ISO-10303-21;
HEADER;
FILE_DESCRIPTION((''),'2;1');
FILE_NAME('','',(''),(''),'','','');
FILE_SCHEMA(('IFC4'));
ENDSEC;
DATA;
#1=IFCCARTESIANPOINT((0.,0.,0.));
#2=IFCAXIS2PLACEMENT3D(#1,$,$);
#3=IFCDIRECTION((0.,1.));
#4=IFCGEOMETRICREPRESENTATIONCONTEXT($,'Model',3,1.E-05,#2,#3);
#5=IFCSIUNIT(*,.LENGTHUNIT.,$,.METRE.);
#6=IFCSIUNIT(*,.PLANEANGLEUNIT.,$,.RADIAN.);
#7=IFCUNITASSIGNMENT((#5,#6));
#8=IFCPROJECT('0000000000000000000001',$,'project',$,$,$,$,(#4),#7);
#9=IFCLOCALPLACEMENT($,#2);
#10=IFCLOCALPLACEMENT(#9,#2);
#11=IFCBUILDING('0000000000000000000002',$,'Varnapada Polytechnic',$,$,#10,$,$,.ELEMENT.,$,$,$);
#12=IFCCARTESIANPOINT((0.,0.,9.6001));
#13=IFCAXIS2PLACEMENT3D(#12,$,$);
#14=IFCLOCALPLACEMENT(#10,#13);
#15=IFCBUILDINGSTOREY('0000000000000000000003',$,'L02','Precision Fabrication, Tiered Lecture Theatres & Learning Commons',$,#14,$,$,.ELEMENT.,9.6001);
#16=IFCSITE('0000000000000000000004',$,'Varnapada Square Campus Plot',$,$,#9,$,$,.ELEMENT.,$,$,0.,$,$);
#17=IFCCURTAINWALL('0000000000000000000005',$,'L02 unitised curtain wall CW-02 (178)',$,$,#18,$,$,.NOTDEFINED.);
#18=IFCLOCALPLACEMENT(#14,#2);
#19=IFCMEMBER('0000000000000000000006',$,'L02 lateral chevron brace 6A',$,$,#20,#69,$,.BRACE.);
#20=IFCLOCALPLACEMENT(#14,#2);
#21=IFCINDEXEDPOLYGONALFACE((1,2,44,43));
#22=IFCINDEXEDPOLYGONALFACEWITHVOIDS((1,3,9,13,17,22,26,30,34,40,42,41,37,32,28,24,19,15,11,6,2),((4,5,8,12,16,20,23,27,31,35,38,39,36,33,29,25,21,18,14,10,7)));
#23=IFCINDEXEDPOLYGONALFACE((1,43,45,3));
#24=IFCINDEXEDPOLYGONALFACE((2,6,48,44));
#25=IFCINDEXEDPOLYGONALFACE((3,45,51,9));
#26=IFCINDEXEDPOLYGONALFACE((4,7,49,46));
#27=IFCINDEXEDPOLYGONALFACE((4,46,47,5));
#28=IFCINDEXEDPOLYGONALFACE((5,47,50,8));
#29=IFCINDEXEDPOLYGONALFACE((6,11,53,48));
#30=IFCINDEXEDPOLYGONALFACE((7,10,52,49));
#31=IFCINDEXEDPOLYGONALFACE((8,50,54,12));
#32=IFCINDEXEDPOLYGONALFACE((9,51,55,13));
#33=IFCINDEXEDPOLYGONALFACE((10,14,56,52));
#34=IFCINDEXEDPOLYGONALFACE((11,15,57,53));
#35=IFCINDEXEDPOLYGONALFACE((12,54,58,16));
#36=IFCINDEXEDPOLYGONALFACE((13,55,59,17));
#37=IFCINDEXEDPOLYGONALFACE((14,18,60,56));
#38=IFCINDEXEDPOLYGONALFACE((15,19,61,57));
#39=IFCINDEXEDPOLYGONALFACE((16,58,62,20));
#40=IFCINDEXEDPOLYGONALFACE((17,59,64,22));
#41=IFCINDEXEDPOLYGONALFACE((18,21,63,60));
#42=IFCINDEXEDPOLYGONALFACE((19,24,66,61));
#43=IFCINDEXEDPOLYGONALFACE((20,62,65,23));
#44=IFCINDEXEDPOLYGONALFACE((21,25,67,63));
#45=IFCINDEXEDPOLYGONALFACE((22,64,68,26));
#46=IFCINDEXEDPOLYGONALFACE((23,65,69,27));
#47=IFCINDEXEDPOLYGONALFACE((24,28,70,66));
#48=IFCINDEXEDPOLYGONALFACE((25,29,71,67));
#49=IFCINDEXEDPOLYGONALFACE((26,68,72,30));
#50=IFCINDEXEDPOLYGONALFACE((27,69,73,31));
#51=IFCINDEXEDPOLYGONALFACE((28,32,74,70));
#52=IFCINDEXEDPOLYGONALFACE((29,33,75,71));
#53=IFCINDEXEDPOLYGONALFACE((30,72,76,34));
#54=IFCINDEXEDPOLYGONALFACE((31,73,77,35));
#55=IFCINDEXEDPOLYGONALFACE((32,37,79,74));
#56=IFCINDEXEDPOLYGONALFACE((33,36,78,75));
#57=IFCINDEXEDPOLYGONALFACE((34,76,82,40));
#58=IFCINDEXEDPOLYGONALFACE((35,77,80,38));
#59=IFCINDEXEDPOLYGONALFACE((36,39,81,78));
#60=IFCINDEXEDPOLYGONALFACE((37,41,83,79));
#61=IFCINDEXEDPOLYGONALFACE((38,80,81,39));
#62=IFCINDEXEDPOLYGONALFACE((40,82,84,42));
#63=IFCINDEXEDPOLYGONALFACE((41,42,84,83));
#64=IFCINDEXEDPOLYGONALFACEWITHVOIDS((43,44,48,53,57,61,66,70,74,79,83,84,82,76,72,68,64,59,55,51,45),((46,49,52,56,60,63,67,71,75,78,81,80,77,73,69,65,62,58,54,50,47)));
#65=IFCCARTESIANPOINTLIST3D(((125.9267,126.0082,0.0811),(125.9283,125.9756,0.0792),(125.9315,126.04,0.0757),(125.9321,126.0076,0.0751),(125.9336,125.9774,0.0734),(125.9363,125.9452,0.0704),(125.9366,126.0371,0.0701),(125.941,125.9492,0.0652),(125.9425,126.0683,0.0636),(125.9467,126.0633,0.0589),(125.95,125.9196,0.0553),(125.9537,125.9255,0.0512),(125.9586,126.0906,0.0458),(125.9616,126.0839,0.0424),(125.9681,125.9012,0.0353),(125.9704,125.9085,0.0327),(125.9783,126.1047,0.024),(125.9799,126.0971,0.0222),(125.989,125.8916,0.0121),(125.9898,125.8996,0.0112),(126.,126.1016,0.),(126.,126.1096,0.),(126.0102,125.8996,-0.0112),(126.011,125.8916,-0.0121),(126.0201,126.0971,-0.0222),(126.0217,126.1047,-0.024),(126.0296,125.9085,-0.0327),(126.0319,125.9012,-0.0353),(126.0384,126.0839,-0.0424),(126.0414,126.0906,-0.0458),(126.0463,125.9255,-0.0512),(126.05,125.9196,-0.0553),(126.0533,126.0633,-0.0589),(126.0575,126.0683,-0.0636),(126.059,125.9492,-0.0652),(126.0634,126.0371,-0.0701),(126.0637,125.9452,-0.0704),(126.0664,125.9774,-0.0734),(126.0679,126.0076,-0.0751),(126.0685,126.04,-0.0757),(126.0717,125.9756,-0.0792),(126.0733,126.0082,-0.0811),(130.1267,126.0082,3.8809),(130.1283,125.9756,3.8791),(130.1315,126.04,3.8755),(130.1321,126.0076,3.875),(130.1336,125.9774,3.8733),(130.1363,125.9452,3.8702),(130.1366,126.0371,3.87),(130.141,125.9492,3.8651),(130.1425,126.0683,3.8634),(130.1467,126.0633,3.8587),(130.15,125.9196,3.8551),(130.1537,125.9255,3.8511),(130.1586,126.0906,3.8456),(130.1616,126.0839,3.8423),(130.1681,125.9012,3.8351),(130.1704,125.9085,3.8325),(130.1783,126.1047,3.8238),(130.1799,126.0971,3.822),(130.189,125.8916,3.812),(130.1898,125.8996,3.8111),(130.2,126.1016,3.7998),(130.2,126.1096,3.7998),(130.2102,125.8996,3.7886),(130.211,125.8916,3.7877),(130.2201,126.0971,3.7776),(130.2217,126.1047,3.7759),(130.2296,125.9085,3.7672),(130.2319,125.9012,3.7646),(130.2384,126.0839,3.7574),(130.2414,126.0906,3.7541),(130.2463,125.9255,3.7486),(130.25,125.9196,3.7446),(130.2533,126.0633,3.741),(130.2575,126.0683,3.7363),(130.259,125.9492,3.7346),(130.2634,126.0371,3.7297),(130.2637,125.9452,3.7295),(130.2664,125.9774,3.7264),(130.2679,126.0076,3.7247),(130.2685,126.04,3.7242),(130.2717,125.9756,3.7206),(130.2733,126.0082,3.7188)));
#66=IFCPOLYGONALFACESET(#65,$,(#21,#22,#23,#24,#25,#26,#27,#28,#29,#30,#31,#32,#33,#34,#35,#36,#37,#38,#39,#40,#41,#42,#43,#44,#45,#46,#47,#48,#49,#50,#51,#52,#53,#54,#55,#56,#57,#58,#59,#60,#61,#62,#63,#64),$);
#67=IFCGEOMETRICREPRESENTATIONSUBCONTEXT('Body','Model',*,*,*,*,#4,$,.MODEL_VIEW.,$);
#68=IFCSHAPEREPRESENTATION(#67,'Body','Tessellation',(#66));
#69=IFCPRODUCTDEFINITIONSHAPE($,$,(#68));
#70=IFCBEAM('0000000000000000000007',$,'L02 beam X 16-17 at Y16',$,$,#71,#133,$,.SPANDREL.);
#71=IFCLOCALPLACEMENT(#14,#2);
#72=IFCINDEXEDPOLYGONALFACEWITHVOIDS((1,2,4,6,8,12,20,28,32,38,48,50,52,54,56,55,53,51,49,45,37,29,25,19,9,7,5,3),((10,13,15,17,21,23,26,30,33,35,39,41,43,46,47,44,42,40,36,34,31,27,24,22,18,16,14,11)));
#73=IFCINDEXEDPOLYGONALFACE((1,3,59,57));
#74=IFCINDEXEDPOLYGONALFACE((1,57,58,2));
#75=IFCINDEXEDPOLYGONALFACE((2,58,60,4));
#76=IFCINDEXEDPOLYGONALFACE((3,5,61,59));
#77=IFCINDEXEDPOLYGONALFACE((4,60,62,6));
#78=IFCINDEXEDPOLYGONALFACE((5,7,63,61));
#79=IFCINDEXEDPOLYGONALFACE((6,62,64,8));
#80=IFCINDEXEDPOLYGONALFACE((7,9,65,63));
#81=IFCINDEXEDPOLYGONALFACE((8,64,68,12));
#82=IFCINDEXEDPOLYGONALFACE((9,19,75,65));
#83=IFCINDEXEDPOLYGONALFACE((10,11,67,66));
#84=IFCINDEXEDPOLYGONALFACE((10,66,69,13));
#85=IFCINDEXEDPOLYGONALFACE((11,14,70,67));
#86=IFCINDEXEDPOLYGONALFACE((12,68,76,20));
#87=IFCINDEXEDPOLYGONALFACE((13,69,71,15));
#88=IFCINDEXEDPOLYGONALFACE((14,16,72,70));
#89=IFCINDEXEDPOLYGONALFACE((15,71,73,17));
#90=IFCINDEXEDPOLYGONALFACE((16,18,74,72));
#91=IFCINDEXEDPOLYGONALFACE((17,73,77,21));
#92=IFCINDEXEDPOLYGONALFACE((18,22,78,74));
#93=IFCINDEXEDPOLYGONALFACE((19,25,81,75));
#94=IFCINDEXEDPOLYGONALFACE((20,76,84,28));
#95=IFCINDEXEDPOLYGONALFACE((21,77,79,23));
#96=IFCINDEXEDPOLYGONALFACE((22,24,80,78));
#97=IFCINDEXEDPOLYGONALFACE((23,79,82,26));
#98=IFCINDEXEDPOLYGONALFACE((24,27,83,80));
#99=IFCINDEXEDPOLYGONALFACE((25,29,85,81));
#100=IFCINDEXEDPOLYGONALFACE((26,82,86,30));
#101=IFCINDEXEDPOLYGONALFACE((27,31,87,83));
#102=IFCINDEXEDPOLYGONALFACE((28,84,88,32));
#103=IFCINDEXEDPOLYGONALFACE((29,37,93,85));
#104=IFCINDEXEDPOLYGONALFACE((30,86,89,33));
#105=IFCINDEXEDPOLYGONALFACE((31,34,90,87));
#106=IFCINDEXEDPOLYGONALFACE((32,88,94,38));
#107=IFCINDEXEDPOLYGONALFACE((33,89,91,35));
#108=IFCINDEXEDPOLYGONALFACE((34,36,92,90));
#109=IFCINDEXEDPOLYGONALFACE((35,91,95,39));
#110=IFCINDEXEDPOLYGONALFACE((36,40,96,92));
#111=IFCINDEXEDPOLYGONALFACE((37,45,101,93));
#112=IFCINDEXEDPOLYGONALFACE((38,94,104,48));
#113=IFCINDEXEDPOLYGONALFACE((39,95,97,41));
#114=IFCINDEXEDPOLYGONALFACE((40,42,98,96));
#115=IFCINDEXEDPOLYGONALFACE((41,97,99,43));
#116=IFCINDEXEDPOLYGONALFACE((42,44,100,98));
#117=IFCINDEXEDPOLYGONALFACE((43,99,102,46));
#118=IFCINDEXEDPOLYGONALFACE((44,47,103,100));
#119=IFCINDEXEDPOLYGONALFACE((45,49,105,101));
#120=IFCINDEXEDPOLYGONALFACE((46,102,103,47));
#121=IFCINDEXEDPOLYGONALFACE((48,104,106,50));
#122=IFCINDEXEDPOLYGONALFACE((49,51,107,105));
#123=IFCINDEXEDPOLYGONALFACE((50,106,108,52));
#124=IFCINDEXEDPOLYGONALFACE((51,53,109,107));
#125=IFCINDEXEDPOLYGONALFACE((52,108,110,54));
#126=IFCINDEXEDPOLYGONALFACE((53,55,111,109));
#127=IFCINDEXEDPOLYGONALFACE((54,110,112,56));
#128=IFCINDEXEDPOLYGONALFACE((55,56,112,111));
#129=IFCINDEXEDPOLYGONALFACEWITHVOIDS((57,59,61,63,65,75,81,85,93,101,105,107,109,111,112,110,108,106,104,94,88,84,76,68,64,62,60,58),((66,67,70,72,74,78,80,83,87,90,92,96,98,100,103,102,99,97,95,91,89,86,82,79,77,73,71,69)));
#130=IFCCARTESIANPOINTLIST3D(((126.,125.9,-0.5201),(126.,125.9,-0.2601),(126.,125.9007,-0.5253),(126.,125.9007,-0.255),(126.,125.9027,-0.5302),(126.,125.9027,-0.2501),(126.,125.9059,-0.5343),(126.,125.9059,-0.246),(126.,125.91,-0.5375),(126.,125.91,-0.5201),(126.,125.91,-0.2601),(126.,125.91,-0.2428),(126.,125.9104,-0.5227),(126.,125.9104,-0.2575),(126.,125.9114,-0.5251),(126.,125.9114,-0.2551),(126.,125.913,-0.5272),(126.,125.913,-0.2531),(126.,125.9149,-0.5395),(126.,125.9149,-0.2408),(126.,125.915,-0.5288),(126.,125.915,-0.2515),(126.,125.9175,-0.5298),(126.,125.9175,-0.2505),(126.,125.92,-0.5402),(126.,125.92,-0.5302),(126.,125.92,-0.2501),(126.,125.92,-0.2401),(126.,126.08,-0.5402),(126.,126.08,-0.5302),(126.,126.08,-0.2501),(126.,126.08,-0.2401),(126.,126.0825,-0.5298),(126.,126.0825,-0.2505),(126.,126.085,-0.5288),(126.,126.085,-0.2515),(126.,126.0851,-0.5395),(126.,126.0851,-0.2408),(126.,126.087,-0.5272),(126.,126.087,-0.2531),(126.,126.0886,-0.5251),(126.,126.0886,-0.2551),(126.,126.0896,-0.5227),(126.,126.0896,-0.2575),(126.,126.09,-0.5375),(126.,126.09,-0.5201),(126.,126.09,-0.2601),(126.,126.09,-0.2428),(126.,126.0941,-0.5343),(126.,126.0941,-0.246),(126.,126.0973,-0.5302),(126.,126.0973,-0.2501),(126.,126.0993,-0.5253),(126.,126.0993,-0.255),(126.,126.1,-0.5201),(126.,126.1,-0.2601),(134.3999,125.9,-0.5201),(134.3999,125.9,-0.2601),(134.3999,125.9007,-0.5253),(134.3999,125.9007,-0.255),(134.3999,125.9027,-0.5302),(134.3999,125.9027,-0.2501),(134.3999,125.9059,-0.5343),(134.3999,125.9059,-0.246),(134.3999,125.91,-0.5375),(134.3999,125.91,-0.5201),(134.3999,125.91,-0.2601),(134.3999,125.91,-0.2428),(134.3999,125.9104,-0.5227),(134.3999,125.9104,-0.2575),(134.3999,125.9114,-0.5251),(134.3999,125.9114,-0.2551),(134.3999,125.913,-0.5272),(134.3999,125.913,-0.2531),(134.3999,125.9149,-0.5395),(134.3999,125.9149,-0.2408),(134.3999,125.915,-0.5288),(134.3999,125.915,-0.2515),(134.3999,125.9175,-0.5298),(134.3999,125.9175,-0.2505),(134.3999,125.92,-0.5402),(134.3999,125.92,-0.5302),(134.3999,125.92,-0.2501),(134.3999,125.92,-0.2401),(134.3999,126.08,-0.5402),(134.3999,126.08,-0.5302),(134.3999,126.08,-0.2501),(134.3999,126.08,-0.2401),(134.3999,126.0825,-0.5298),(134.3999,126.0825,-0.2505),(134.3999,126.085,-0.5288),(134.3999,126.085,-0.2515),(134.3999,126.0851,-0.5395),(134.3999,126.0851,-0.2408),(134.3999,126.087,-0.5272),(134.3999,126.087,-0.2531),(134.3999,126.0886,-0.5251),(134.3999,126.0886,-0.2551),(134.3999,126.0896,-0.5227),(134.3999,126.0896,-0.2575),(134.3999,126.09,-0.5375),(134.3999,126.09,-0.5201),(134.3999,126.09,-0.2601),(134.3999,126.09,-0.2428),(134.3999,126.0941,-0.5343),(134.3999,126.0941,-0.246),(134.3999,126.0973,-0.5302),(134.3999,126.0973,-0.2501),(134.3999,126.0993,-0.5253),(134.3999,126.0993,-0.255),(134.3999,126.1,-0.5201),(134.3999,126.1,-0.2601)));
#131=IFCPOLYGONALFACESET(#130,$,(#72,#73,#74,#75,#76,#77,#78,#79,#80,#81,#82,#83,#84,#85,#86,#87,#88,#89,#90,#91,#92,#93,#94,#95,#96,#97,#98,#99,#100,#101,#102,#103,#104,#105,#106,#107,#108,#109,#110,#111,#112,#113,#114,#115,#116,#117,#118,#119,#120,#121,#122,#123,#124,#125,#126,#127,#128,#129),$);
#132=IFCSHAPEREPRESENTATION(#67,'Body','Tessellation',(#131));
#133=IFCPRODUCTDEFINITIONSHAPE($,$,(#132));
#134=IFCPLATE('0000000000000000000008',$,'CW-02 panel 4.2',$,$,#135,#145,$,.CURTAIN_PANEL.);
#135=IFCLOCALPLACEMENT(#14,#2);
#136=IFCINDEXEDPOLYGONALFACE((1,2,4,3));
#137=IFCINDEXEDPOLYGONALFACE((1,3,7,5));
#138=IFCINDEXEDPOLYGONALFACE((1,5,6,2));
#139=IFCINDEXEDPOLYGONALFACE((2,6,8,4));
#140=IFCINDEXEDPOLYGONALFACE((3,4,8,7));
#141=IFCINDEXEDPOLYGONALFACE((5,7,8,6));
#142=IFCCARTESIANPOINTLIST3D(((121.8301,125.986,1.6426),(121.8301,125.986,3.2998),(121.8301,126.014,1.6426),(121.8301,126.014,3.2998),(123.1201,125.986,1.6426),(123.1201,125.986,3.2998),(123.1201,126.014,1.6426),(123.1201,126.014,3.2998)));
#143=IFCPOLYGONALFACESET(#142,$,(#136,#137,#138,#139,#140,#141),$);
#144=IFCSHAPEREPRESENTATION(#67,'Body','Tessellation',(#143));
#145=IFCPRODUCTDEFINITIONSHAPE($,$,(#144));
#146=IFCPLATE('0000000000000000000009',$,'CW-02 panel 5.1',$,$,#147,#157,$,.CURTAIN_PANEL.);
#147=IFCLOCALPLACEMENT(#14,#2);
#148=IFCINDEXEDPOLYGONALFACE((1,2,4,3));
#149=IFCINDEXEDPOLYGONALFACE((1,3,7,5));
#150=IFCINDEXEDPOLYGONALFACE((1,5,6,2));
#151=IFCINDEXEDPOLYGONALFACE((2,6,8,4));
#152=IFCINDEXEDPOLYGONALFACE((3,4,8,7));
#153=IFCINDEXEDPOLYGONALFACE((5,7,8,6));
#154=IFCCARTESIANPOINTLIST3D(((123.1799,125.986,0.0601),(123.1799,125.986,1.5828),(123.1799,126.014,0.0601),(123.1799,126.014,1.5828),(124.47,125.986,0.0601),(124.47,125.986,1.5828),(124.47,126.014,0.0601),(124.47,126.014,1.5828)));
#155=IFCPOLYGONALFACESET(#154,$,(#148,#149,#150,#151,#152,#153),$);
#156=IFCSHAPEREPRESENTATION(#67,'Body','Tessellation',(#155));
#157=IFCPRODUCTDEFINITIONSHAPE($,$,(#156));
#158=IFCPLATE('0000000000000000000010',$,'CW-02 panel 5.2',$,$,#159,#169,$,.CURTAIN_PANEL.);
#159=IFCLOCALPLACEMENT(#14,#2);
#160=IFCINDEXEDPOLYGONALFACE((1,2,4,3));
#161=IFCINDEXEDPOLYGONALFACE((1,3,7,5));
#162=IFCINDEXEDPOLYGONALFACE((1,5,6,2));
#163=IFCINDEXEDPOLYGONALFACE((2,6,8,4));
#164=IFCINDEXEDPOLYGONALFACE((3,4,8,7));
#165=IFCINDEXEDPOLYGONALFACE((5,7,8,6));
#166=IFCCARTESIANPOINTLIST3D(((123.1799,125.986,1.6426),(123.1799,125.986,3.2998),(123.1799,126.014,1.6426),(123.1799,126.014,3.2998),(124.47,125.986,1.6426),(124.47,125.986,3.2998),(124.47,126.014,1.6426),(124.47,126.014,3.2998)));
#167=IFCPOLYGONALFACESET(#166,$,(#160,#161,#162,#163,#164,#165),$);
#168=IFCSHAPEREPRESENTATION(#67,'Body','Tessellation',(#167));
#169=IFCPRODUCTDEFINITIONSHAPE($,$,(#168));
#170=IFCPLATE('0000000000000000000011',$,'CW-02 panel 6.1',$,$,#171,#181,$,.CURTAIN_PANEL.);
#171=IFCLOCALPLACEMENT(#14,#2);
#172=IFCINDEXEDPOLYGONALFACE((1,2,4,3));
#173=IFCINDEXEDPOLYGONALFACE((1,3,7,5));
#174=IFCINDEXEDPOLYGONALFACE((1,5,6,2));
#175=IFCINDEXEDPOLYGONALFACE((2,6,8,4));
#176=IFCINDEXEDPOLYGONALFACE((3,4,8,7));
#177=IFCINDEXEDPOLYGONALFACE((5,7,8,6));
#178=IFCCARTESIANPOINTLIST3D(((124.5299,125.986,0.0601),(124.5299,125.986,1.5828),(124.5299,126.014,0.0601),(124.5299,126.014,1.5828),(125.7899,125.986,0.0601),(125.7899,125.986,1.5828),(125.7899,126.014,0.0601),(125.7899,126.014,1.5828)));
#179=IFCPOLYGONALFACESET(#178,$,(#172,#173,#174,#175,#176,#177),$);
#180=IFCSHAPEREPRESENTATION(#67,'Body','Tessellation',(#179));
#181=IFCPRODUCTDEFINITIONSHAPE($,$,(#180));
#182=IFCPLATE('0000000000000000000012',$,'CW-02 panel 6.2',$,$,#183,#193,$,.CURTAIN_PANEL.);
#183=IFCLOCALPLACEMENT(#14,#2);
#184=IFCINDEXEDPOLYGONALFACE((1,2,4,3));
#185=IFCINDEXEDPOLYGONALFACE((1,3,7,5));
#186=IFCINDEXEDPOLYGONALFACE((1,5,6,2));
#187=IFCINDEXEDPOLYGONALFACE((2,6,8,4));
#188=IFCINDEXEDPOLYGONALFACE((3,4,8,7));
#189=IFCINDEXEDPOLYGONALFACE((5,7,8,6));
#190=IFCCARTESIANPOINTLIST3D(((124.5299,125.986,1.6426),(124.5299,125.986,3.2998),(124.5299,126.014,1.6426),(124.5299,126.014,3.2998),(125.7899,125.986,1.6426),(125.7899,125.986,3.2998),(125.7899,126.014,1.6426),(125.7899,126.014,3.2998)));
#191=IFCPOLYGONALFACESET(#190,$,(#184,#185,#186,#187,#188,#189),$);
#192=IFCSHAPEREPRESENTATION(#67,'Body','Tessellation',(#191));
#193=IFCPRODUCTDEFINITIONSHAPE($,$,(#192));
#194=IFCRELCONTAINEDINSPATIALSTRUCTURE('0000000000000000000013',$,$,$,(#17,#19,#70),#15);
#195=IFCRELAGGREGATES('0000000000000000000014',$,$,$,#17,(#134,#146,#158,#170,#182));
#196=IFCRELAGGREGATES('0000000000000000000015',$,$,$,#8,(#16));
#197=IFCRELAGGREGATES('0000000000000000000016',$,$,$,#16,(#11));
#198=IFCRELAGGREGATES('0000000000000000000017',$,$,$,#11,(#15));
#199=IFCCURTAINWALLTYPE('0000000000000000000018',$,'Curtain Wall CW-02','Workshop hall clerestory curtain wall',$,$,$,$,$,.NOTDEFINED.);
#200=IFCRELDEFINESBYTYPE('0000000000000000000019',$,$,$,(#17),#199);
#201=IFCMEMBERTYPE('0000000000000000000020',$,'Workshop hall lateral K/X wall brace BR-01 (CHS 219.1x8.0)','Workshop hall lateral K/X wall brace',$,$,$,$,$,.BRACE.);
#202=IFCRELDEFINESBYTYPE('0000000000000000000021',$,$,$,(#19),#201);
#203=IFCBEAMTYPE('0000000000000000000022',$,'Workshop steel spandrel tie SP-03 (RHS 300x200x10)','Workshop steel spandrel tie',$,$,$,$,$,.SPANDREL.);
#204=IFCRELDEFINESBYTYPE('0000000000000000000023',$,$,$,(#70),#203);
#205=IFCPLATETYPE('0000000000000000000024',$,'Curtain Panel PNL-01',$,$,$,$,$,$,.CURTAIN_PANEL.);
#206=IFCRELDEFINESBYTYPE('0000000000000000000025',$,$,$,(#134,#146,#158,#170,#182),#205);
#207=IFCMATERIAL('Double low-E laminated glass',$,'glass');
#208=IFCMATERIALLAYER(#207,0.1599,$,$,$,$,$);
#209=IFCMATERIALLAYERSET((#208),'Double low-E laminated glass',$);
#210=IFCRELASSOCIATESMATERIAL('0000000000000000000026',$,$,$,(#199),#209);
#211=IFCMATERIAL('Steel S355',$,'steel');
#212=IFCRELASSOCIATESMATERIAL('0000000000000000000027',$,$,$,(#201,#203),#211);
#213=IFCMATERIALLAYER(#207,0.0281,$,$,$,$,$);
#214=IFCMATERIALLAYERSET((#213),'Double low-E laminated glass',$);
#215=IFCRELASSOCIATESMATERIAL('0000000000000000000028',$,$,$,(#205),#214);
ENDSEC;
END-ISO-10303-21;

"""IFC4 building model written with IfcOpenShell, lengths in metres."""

from ifc_helpers import new_model, si_unit, direction, frame, origin, origin_2d, place, context, subcontext, project, spatial, rectangle, hollow_rectangle, hollow_circle, extrude, material, layer, layer_set, material_profile, profile_set, type_object, element, aggregate, save


model = new_model("IFC4")

# Units and contexts
model_context = context("Model", 3, precision=1e-05, world=origin(), true_north=direction((0.0, 1.0)))
body_context = subcontext(model_context, "Body", "Model", "MODEL_VIEW")
ifc_project = project(units=[si_unit("LENGTHUNIT", "METRE"), si_unit("PLANEANGLEUNIT", "RADIAN")], contexts=[model_context])

# Site, building, storey
site_placement = place(None, origin())
site = spatial("IfcSite", under=ifc_project, at=site_placement, Name="Varnapada Square Campus Plot", CompositionType="ELEMENT", RefElevation=0.0)
building_placement = place(site_placement, origin())
building = spatial("IfcBuilding", under=site, at=building_placement, Name="Varnapada Polytechnic", CompositionType="ELEMENT")
storey_placement = place(building_placement, frame((0.0, 0.0, 9.6001)))
storey = spatial("IfcBuildingStorey", under=building, at=storey_placement, Name="L02", Description="Precision Fabrication, Tiered Lecture Theatres & Learning Commons", CompositionType="ELEMENT", Elevation=9.6001)

# Shared definitions
ifc_material_1 = material(Name="Steel S355", Category="steel")

# Curtain wall
ifc_material_2 = material(Name="Double low-E laminated glass", Category="glass")
ifc_layer_1 = layer(ifc_material_2, 0.1599)
ifc_layer_set_1 = layer_set([ifc_layer_1], Name="Double low-E laminated glass")
curtain_wall_type = type_object("IfcCurtainWallType", Name="Curtain Wall CW-02", Description="Workshop hall clerestory curtain wall", PredefinedType="NOTDEFINED", material=ifc_layer_set_1)
curtain_wall_placement = place(storey_placement, origin())
curtain_wall = element("IfcCurtainWall", 1, at=curtain_wall_placement, inside=storey, type_object=curtain_wall_type, Name="L02 unitised curtain wall CW-02 (178)", PredefinedType="NOTDEFINED")

# Member
ifc_material_profile_1 = material_profile(ifc_material_1, hollow_circle(Radius=0.1096, WallThickness=0.0081, at=origin_2d()), Name="CHS 219.1x8.0")
ifc_profile_set_1 = profile_set([ifc_material_profile_1], Name="Steel S355")
member_type_1 = type_object("IfcMemberType", Name="Workshop hall lateral K/X wall brace BR-01 (CHS 219.1x8.0)", Description="Workshop hall lateral K/X wall brace", PredefinedType="BRACE", material=ifc_profile_set_1)
member_1_placement = place(storey_placement, frame((126.0, 126.0, 0.0), z_axis=(0.741549, 0.0, 0.670899), x_axis=(0.0, 1.0, 0.0)))
element("IfcMember", 2, at=member_1_placement, inside=storey, type_object=member_type_1, Name="L02 lateral chevron brace 6A", PredefinedType="BRACE", context=body_context, shape_type="SweptSolid", body=[
    extrude(hollow_circle(Radius=0.1096, WallThickness=0.0081, at=origin_2d()), origin(), (0.0, 0.0, 1.0), 5.6638),
])

# Beam
ifc_material_profile_2 = material_profile(ifc_material_1, hollow_rectangle(XDim=0.2, YDim=0.3, WallThickness=0.01, InnerFilletRadius=0.01, OuterFilletRadius=0.02, at=origin_2d()), Name="RHS 300x200x10")
ifc_profile_set_2 = profile_set([ifc_material_profile_2], Name="Steel S355")
beam_type = type_object("IfcBeamType", Name="Workshop steel spandrel tie SP-03 (RHS 300x200x10)", Description="Workshop steel spandrel tie", PredefinedType="SPANDREL", material=ifc_profile_set_2)
beam_placement = place(storey_placement, frame((126.0, 126.0, -0.3901), z_axis=(1.0, 0.0, 0.0), x_axis=(0.0, 1.0, 0.0)))
element("IfcBeam", 3, at=beam_placement, inside=storey, type_object=beam_type, Name="L02 beam X 16-17 at Y16", PredefinedType="SPANDREL", context=body_context, shape_type="SweptSolid", body=[
    extrude(hollow_rectangle(XDim=0.2, YDim=0.3, WallThickness=0.01, InnerFilletRadius=0.01, OuterFilletRadius=0.02, at=origin_2d()), origin(), (0.0, 0.0, 1.0), 8.3999),
])

# Plates
ifc_layer_2 = layer(ifc_material_2, 0.0281)
ifc_layer_set_2 = layer_set([ifc_layer_2], Name="Double low-E laminated glass")
plate_type_1 = type_object("IfcPlateType", Name="Curtain Panel PNL-01", PredefinedType="CURTAIN_PANEL", material=ifc_layer_set_2)
plate_1_placement = place(storey_placement, frame((122.4751, 126.0, 1.6426), z_axis=(0.0, 0.0, 1.0), x_axis=(1.0, 0.0, 0.0)))
plate_1 = element("IfcPlate", 4, at=plate_1_placement, type_object=plate_type_1, Name="CW-02 panel 4.2", PredefinedType="CURTAIN_PANEL", context=body_context, shape_type="SweptSolid", body=[
    extrude(rectangle(XDim=1.29, YDim=0.0281, at=origin_2d()), origin(), (0.0, 0.0, 1.0), 1.6572),
])
plate_2_placement = place(storey_placement, frame((123.825, 126.0, 0.0601), z_axis=(0.0, 0.0, 1.0), x_axis=(1.0, 0.0, 0.0)))
plate_2 = element("IfcPlate", 5, at=plate_2_placement, type_object=plate_type_1, Name="CW-02 panel 5.1", PredefinedType="CURTAIN_PANEL", context=body_context, shape_type="SweptSolid", body=[
    extrude(rectangle(XDim=1.29, YDim=0.0281, at=origin_2d()), origin(), (0.0, 0.0, 1.0), 1.5227),
])
plate_3_placement = place(storey_placement, frame((123.825, 126.0, 1.6426), z_axis=(0.0, 0.0, 1.0), x_axis=(1.0, 0.0, 0.0)))
plate_3 = element("IfcPlate", 6, at=plate_3_placement, type_object=plate_type_1, Name="CW-02 panel 5.2", PredefinedType="CURTAIN_PANEL", context=body_context, shape_type="SweptSolid", body=[
    extrude(rectangle(XDim=1.29, YDim=0.0281, at=origin_2d()), origin(), (0.0, 0.0, 1.0), 1.6572),
])
plate_4_placement = place(storey_placement, frame((125.1599, 126.0, 0.0601), z_axis=(0.0, 0.0, 1.0), x_axis=(1.0, 0.0, 0.0)))
plate_4 = element("IfcPlate", 7, at=plate_4_placement, type_object=plate_type_1, Name="CW-02 panel 6.1", PredefinedType="CURTAIN_PANEL", context=body_context, shape_type="SweptSolid", body=[
    extrude(rectangle(XDim=1.26, YDim=0.0281, at=origin_2d()), origin(), (0.0, 0.0, 1.0), 1.5227),
])
plate_5_placement = place(storey_placement, frame((125.1599, 126.0, 1.6426), z_axis=(0.0, 0.0, 1.0), x_axis=(1.0, 0.0, 0.0)))
plate_5 = element("IfcPlate", 8, at=plate_5_placement, type_object=plate_type_1, Name="CW-02 panel 6.2", PredefinedType="CURTAIN_PANEL", context=body_context, shape_type="SweptSolid", body=[
    extrude(rectangle(XDim=1.26, YDim=0.0281, at=origin_2d()), origin(), (0.0, 0.0, 1.0), 1.6572),
])
aggregate(curtain_wall, [plate_1, plate_2, plate_3, plate_4, plate_5])

save(model, "model.ifc")
